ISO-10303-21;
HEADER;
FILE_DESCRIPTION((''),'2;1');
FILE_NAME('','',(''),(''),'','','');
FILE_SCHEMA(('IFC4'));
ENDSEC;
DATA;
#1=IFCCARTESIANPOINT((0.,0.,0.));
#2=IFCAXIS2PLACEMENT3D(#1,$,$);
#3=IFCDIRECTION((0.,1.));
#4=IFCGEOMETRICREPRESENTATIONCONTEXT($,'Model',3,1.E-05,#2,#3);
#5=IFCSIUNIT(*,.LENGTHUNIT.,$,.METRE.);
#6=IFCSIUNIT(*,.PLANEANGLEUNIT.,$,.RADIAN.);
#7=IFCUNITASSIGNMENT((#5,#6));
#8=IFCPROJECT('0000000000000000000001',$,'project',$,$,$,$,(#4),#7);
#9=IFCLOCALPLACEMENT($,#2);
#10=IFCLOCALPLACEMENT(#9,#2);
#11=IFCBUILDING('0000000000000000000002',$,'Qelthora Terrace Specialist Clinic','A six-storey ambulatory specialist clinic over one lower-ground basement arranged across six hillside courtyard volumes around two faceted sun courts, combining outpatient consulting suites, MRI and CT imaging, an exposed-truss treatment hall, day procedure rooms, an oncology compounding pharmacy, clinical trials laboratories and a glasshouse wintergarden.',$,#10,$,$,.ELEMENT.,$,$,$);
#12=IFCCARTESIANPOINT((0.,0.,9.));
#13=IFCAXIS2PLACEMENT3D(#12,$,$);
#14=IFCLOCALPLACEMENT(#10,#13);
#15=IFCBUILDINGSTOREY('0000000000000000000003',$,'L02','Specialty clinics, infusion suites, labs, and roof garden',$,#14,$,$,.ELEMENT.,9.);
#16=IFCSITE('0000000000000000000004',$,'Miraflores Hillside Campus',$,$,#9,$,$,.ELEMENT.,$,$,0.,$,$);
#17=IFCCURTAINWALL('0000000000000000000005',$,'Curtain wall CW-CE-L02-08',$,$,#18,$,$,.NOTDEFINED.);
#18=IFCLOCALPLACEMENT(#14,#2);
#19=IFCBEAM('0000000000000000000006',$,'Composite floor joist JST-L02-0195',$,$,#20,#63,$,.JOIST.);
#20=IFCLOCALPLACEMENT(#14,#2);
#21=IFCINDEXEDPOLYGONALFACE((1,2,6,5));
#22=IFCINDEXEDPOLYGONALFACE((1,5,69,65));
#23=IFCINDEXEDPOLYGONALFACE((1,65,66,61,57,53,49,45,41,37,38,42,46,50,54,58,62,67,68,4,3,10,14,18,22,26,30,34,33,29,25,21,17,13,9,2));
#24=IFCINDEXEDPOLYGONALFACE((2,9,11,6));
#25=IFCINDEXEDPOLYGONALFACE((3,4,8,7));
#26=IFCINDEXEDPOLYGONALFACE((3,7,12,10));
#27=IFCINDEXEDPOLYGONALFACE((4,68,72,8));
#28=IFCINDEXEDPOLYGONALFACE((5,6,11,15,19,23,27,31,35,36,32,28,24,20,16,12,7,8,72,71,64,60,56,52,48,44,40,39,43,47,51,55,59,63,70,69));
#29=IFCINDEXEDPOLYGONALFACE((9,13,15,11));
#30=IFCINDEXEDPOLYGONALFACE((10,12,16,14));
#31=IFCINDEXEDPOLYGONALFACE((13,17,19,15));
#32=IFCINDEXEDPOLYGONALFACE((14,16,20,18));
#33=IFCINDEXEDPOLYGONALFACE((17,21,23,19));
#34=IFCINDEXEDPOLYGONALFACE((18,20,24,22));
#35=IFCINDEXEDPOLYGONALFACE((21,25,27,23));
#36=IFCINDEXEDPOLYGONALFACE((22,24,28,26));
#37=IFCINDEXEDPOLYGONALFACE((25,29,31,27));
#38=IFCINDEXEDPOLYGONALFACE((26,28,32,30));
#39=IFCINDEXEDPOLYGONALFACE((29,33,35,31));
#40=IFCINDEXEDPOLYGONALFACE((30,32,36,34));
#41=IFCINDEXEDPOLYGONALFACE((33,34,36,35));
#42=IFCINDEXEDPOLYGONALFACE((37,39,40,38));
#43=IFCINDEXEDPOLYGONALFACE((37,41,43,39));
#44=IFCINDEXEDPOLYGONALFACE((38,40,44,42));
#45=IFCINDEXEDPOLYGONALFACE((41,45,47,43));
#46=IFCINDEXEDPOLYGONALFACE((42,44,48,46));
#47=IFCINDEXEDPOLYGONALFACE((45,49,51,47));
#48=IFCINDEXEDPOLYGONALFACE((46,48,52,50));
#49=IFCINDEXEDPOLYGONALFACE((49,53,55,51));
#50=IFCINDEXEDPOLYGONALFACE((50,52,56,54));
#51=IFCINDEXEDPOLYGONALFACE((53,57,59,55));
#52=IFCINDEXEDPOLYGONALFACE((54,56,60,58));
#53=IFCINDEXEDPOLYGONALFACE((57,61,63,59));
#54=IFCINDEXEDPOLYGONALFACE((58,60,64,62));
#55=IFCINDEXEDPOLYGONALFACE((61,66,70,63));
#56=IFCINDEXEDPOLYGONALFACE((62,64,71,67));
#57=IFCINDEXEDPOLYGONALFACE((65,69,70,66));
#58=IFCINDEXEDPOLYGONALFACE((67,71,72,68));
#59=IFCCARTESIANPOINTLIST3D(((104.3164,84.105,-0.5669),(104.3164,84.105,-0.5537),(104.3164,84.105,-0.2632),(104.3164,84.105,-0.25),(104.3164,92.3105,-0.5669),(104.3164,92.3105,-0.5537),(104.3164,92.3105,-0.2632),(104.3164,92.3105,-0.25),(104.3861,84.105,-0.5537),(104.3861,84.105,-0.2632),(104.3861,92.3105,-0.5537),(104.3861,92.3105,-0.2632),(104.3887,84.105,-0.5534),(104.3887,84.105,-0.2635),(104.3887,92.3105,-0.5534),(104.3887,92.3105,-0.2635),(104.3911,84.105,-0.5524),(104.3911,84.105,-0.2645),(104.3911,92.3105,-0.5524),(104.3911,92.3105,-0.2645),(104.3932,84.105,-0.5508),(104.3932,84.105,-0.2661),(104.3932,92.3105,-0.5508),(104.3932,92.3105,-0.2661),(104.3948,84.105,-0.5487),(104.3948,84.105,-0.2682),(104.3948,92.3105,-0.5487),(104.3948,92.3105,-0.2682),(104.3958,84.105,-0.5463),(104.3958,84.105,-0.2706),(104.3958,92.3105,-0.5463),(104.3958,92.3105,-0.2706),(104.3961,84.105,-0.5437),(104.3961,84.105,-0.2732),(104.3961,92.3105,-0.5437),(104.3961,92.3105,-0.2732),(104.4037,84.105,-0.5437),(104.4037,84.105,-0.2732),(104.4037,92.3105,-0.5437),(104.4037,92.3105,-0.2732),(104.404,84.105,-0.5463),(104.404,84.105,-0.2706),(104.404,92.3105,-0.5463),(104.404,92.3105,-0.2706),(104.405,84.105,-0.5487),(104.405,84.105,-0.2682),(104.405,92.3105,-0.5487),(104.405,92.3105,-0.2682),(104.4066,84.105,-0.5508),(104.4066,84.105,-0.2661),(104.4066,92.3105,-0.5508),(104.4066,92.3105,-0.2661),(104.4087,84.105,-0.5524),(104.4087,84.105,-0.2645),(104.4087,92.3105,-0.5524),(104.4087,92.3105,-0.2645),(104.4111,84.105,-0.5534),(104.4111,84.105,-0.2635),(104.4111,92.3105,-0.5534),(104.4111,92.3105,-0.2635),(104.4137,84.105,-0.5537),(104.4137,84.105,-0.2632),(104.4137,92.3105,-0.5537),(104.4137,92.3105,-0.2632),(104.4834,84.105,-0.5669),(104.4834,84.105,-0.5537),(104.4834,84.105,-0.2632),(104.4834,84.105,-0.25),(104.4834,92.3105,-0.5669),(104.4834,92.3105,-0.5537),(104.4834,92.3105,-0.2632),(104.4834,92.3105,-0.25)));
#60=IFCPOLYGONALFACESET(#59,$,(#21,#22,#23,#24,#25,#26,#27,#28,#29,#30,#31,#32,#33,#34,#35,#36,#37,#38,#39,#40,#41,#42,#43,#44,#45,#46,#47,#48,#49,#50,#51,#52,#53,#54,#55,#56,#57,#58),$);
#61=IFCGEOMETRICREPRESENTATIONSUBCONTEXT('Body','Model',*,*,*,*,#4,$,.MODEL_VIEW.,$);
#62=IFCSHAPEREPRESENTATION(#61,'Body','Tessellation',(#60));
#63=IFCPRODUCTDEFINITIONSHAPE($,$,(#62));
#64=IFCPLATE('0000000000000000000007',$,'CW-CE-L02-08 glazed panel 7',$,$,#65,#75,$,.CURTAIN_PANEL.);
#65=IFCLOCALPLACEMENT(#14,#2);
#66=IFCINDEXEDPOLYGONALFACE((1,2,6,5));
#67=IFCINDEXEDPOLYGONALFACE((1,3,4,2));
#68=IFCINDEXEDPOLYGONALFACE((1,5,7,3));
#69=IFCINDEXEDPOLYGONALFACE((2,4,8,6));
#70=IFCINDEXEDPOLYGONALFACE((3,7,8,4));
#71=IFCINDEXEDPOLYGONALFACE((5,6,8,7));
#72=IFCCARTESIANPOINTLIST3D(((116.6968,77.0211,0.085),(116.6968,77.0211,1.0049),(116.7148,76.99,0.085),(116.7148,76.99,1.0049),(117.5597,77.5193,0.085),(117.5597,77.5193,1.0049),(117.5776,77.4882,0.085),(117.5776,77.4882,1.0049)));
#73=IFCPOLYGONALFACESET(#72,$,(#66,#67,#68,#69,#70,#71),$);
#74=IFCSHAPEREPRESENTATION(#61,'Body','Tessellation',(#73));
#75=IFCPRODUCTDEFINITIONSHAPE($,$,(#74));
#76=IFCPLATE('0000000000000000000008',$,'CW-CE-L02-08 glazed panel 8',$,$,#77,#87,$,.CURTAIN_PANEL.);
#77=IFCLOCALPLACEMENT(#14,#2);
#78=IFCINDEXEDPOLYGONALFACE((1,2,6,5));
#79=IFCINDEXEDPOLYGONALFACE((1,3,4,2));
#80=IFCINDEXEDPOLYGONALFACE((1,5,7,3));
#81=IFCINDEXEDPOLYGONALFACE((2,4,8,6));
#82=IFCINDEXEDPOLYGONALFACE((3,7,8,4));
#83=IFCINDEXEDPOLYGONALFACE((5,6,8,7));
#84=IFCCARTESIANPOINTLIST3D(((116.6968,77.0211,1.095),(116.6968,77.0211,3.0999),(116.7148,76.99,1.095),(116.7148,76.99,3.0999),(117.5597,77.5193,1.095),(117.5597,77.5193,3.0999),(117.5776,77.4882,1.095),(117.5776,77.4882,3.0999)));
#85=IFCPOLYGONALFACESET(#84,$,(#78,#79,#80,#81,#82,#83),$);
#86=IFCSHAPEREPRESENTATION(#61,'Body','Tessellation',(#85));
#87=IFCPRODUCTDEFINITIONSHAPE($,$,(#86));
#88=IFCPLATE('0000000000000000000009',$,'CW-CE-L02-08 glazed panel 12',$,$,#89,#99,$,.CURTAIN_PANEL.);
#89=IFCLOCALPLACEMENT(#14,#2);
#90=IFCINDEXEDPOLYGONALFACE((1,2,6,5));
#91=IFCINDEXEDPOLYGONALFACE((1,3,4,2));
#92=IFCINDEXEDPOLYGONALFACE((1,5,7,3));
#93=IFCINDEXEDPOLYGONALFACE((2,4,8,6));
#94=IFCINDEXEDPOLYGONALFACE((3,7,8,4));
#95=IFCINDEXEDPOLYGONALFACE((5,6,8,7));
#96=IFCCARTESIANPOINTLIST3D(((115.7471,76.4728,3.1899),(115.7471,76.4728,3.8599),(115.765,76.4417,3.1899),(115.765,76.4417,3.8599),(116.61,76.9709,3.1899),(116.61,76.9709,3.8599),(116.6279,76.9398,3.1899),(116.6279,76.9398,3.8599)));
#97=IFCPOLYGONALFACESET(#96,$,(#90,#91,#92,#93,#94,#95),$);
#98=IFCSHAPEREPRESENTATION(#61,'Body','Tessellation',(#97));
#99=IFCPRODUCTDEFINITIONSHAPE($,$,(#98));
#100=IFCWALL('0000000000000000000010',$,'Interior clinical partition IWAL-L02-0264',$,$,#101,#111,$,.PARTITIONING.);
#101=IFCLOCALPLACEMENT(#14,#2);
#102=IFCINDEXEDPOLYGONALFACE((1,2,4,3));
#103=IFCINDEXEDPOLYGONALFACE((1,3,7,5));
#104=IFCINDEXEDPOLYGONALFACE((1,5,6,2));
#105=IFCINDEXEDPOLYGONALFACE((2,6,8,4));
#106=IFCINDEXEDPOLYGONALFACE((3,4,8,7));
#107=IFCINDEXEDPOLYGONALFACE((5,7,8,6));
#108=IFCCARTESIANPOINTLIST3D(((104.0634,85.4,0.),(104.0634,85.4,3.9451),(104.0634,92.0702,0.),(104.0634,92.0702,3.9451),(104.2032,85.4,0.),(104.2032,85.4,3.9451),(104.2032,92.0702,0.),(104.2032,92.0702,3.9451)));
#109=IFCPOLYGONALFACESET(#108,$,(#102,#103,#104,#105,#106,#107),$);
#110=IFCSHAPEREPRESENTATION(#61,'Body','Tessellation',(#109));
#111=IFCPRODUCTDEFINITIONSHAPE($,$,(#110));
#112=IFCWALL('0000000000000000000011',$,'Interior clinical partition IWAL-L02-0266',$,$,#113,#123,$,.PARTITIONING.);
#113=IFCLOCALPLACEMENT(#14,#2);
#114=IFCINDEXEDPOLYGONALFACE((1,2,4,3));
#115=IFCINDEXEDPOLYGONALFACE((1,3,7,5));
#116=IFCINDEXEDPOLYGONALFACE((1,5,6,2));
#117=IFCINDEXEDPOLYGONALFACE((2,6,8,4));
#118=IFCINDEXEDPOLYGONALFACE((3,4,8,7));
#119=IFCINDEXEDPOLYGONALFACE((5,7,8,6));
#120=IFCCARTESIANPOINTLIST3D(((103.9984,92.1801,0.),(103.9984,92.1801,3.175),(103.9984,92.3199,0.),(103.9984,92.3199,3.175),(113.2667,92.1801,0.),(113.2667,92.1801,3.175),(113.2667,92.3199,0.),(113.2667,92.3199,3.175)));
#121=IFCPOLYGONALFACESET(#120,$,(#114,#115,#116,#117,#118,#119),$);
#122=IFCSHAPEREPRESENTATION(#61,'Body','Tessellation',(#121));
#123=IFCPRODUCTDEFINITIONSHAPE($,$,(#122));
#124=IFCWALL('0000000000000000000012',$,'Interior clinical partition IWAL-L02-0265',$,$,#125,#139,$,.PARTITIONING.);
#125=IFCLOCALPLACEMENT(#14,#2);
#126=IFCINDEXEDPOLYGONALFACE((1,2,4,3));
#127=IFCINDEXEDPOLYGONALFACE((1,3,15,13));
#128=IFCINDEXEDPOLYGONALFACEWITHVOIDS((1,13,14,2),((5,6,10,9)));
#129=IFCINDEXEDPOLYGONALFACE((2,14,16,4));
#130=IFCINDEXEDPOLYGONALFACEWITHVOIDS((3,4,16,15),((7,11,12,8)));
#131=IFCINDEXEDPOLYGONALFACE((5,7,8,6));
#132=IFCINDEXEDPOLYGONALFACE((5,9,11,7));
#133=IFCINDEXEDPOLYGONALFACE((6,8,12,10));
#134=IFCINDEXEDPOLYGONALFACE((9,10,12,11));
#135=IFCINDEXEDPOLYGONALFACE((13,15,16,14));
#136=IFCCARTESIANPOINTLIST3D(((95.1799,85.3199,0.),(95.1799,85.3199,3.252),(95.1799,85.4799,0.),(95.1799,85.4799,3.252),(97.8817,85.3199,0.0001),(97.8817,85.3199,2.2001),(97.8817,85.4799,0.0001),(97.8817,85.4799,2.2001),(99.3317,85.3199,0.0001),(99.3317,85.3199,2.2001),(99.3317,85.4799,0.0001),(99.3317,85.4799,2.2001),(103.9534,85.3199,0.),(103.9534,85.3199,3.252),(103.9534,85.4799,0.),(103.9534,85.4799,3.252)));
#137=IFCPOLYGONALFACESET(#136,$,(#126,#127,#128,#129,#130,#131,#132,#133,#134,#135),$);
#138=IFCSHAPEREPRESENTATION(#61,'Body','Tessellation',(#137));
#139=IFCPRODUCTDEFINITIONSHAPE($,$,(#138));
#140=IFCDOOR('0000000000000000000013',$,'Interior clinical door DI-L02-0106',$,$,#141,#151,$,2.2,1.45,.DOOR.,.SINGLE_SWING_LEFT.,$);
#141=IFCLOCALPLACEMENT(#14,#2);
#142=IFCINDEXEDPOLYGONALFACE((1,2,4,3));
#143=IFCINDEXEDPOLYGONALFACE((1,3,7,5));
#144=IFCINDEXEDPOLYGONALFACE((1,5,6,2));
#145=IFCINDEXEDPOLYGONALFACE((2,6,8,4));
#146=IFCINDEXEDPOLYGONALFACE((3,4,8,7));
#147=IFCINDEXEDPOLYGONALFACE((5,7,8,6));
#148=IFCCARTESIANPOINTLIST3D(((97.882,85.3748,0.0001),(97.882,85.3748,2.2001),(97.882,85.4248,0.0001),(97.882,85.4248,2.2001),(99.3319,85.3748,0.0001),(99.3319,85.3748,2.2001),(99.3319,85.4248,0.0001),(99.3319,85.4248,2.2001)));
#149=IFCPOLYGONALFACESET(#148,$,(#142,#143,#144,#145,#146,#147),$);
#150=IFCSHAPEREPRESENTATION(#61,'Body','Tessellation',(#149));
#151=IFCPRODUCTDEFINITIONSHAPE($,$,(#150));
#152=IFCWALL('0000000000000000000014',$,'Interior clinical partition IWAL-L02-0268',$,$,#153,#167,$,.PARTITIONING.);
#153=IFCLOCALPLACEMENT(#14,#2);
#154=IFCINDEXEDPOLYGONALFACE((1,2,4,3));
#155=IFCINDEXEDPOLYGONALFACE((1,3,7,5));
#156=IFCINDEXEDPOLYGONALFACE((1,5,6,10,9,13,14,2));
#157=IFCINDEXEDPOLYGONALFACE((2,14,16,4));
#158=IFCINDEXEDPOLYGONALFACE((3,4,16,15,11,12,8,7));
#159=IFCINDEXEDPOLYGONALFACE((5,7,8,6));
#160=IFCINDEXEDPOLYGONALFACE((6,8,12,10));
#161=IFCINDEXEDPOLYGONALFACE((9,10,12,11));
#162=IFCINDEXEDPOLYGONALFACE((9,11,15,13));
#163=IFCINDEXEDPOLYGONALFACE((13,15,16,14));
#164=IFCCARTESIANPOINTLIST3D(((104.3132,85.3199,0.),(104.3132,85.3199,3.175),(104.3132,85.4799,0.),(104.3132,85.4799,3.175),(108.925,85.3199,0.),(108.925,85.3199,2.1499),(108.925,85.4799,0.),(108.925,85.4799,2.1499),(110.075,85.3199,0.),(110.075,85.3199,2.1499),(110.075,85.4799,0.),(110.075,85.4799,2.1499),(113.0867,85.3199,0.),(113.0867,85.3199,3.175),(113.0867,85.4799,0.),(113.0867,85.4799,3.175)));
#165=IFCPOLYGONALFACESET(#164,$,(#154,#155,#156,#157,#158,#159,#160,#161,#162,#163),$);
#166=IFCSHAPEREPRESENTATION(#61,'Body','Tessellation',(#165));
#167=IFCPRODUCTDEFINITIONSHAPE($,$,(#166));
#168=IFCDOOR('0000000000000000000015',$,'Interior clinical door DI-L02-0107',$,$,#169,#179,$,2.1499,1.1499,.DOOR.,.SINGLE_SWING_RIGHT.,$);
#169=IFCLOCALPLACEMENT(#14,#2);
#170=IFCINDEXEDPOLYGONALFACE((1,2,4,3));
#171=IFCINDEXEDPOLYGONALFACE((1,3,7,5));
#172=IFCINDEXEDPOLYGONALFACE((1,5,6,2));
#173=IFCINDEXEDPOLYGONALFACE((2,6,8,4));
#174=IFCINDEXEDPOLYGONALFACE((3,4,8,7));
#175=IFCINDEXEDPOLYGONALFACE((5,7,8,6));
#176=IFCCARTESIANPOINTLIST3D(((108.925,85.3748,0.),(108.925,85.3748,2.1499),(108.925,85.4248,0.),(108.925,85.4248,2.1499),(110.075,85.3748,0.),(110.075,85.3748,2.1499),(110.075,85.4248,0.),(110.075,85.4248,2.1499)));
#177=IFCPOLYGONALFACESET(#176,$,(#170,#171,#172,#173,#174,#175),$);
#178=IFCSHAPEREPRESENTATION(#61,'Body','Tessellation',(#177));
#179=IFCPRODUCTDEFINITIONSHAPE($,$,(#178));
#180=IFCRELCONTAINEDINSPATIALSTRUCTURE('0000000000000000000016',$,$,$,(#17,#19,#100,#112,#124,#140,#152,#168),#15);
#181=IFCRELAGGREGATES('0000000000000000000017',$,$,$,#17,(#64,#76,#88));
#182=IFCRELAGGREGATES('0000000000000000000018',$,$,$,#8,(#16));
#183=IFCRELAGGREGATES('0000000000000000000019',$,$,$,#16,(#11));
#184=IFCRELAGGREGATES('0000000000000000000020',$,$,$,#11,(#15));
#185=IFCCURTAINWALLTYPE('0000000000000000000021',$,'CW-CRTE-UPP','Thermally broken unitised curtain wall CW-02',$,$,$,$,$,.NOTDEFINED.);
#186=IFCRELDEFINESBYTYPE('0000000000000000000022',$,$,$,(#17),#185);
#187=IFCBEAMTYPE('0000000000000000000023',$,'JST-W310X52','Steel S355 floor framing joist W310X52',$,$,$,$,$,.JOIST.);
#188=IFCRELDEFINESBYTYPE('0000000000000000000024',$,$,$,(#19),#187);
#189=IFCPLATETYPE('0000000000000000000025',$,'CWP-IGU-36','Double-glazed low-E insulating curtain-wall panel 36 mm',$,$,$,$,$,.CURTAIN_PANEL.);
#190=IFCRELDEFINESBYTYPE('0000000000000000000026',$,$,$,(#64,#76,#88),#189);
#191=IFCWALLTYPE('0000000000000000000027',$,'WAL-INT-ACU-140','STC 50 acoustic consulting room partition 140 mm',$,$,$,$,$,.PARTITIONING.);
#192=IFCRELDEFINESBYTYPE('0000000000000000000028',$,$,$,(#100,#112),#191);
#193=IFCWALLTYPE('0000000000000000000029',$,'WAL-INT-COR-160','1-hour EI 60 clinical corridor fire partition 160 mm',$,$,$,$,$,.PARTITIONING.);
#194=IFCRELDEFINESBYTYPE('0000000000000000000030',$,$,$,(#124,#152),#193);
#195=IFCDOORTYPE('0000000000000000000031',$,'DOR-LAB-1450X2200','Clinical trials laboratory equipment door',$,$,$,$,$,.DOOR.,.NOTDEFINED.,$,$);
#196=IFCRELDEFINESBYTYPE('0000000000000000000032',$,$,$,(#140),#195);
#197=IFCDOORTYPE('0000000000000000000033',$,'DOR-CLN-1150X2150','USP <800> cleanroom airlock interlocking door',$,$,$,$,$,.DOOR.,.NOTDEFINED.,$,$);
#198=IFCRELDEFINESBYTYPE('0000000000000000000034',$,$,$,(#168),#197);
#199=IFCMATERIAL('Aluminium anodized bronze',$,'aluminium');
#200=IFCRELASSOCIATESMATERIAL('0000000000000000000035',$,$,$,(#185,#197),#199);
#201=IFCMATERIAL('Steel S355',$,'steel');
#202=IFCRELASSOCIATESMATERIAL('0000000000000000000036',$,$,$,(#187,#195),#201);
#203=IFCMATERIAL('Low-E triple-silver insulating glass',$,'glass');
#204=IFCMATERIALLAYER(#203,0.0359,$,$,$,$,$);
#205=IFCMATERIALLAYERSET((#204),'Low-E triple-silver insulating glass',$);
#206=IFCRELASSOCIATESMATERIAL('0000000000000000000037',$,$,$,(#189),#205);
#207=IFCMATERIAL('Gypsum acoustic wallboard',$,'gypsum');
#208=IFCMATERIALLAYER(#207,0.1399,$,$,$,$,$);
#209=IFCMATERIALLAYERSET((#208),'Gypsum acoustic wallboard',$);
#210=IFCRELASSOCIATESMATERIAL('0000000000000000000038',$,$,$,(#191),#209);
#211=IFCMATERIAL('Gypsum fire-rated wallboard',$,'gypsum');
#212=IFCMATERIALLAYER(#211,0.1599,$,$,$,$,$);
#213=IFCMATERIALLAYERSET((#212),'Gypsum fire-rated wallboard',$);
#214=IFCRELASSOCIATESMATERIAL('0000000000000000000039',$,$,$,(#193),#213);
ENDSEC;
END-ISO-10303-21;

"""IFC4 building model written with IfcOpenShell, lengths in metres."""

from ifc_helpers import new_model, si_unit, direction, frame, frame_2d, origin, origin_2d, place, context, subcontext, project, spatial, rectangle, i_section, extrude, material, layer, layer_set, material_profile, profile_set, type_object, element, fill, aggregate, save


model = new_model("IFC4")

# Units and contexts
model_context = context("Model", 3, precision=1e-05, world=origin(), true_north=direction((0.0, 1.0)))
body_context = subcontext(model_context, "Body", "Model", "MODEL_VIEW")
ifc_project = project(units=[si_unit("LENGTHUNIT", "METRE"), si_unit("PLANEANGLEUNIT", "RADIAN")], contexts=[model_context])

# Site, building, storey
site_placement = place(None, origin())
site = spatial("IfcSite", under=ifc_project, at=site_placement, Name="Miraflores Hillside Campus", CompositionType="ELEMENT", RefElevation=0.0)
building_placement = place(site_placement, origin())
building = spatial("IfcBuilding", under=site, at=building_placement, Name="Qelthora Terrace Specialist Clinic", Description="A six-storey ambulatory specialist clinic over one lower-ground basement arranged across six hillside courtyard volumes around two faceted sun courts, combining outpatient consulting suites, MRI and CT imaging, an exposed-truss treatment hall, day procedure rooms, an oncology compounding pharmacy, clinical trials laboratories and a glasshouse wintergarden.", CompositionType="ELEMENT")
storey_placement = place(building_placement, frame((0.0, 0.0, 9.0)))
storey = spatial("IfcBuildingStorey", under=building, at=storey_placement, Name="L02", Description="Specialty clinics, infusion suites, labs, and roof garden", CompositionType="ELEMENT", Elevation=9.0)

# Shared definitions
ifc_material_1 = material(Name="Steel S355", Category="steel")

# Curtain wall
ifc_material_2 = material(Name="Aluminium anodized bronze", Category="aluminium")
curtain_wall_type = type_object("IfcCurtainWallType", Name="CW-CRTE-UPP", Description="Thermally broken unitised curtain wall CW-02", PredefinedType="NOTDEFINED", material=ifc_material_2)
curtain_wall_placement = place(storey_placement, origin())
curtain_wall = element("IfcCurtainWall", 1, at=curtain_wall_placement, inside=storey, type_object=curtain_wall_type, Name="Curtain wall CW-CE-L02-08", PredefinedType="NOTDEFINED")

# Beam
ifc_material_profile_1 = material_profile(ifc_material_1, i_section(OverallWidth=0.167, OverallDepth=0.3169, WebThickness=0.0076, FlangeThickness=0.0132, FilletRadius=0.01, at=origin_2d()), Name="W310X52")
ifc_profile_set_1 = profile_set([ifc_material_profile_1], Name="Steel S355")
beam_type_1 = type_object("IfcBeamType", Name="JST-W310X52", Description="Steel S355 floor framing joist W310X52", PredefinedType="JOIST", material=ifc_profile_set_1)
beam_1_placement = place(storey_placement, frame((104.3999, 84.105, -0.4084), z_axis=(0.0, 1.0, 0.0), x_axis=(-1.0, 0.0, 0.0)))
element("IfcBeam", 2, at=beam_1_placement, inside=storey, type_object=beam_type_1, Name="Composite floor joist JST-L02-0195", PredefinedType="JOIST", context=body_context, shape_type="SweptSolid", body=[
    extrude(i_section(OverallWidth=0.167, OverallDepth=0.3169, WebThickness=0.0076, FlangeThickness=0.0132, FilletRadius=0.01, at=origin_2d()), origin(), (0.0, 0.0, 1.0), 8.2056),
])

# Plates
ifc_material_3 = material(Name="Low-E triple-silver insulating glass", Category="glass")
ifc_layer_1 = layer(ifc_material_3, 0.0359)
ifc_layer_set_1 = layer_set([ifc_layer_1], Name="Low-E triple-silver insulating glass")
plate_type = type_object("IfcPlateType", Name="CWP-IGU-36", Description="Double-glazed low-E insulating curtain-wall panel 36 mm", PredefinedType="CURTAIN_PANEL", material=ifc_layer_set_1)
plate_1_placement = place(storey_placement, frame((117.1372, 77.2546, 0.085), z_axis=(0.0, 0.0, 1.0), x_axis=(-0.866025, -0.5, 0.0)))
plate_1 = element("IfcPlate", 3, at=plate_1_placement, type_object=plate_type, Name="CW-CE-L02-08 glazed panel 7", PredefinedType="CURTAIN_PANEL", context=body_context, shape_type="SweptSolid", body=[
    extrude(rectangle(XDim=0.9963, YDim=0.0359, at=origin_2d()), origin(), (0.0, 0.0, 1.0), 0.9199),
])
plate_2_placement = place(storey_placement, frame((117.1372, 77.2546, 1.095), z_axis=(0.0, 0.0, 1.0), x_axis=(-0.866025, -0.5, 0.0)))
plate_2 = element("IfcPlate", 4, at=plate_2_placement, type_object=plate_type, Name="CW-CE-L02-08 glazed panel 8", PredefinedType="CURTAIN_PANEL", context=body_context, shape_type="SweptSolid", body=[
    extrude(rectangle(XDim=0.9963, YDim=0.0359, at=origin_2d()), origin(), (0.0, 0.0, 1.0), 2.0049),
])
plate_3_placement = place(storey_placement, frame((116.1875, 76.7063, 3.1899), z_axis=(0.0, 0.0, 1.0), x_axis=(-0.866025, -0.5, 0.0)))
plate_3 = element("IfcPlate", 5, at=plate_3_placement, type_object=plate_type, Name="CW-CE-L02-08 glazed panel 12", PredefinedType="CURTAIN_PANEL", context=body_context, shape_type="SweptSolid", body=[
    extrude(rectangle(XDim=0.9963, YDim=0.0359, at=origin_2d()), origin(), (0.0, 0.0, 1.0), 0.6699),
])
aggregate(curtain_wall, [plate_1, plate_2, plate_3])

# Walls
ifc_material_4 = material(Name="Gypsum acoustic wallboard", Category="gypsum")
ifc_layer_2 = layer(ifc_material_4, 0.1399)
ifc_layer_set_2 = layer_set([ifc_layer_2], Name="Gypsum acoustic wallboard")
wall_type_1 = type_object("IfcWallType", Name="WAL-INT-ACU-140", Description="STC 50 acoustic consulting room partition 140 mm", PredefinedType="PARTITIONING", material=ifc_layer_set_2)
wall_1_placement = place(storey_placement, frame((104.1333, 92.0701, 0.0), z_axis=(0.0, 0.0, 1.0), x_axis=(0.0, -1.0, 0.0)))
element("IfcWall", 6, at=wall_1_placement, inside=storey, type_object=wall_type_1, Name="Interior clinical partition IWAL-L02-0264", PredefinedType="PARTITIONING", context=body_context, shape_type="SweptSolid", body=[
    extrude(rectangle(XDim=6.6702, YDim=0.1399, at=frame_2d((3.335, 0.0))), origin(), (0.0, 0.0, 1.0), 3.9451),
])
wall_2_placement = place(storey_placement, frame((103.9983, 92.25, 0.0), z_axis=(0.0, 0.0, 1.0), x_axis=(1.0, 0.0, 0.0)))
element("IfcWall", 7, at=wall_2_placement, inside=storey, type_object=wall_type_1, Name="Interior clinical partition IWAL-L02-0266", PredefinedType="PARTITIONING", context=body_context, shape_type="SweptSolid", body=[
    extrude(rectangle(XDim=9.2683, YDim=0.1399, at=frame_2d((4.6343, 0.0))), origin(), (0.0, 0.0, 1.0), 3.175),
])

# Walls, openings, doors
ifc_material_5 = material(Name="Gypsum fire-rated wallboard", Category="gypsum")
ifc_layer_3 = layer(ifc_material_5, 0.1599)
ifc_layer_set_3 = layer_set([ifc_layer_3], Name="Gypsum fire-rated wallboard")
wall_type_2 = type_object("IfcWallType", Name="WAL-INT-COR-160", Description="1-hour EI 60 clinical corridor fire partition 160 mm", PredefinedType="PARTITIONING", material=ifc_layer_set_3)
wall_3_placement = place(storey_placement, frame((103.9534, 85.3999, 0.0), z_axis=(0.0, 0.0, 1.0), x_axis=(-1.0, 0.0, 0.0)))
wall_3 = element("IfcWall", 8, at=wall_3_placement, inside=storey, type_object=wall_type_2, Name="Interior clinical partition IWAL-L02-0265", PredefinedType="PARTITIONING", context=body_context, shape_type="SweptSolid", body=[
    extrude(rectangle(XDim=8.7734, YDim=0.1599, at=frame_2d((4.3867, 0.0))), origin(), (0.0, 0.0, 1.0), 3.252),
])
opening_1_placement = place(wall_3_placement, frame((4.6216, 0.0, 0.0)))
opening_1 = element("IfcOpeningElement", 9, at=opening_1_placement, cuts=wall_3, PredefinedType="OPENING", context=body_context, shape_type="SweptSolid", body=[
    extrude(rectangle(XDim=1.45, YDim=2.2, at=frame_2d((0.7251, 1.1001))), frame((0.0, 0.0898, 0.0), z_axis=(0.0, -1.0, 0.0), x_axis=(1.0, 0.0, 0.0)), (0.0, 0.0, 1.0), 0.1799),
])
door_type_1 = type_object("IfcDoorType", Name="DOR-LAB-1450X2200", Description="Clinical trials laboratory equipment door", OperationType="NOTDEFINED", PredefinedType="DOOR", material=ifc_material_1)
door_1_placement = place(opening_1_placement, frame((1.45, 0.0, 0.0), z_axis=(0.0, 0.0, 1.0), x_axis=(-1.0, 0.0, 0.0)))
door_1 = element("IfcDoor", 10, at=door_1_placement, inside=storey, type_object=door_type_1, Name="Interior clinical door DI-L02-0106", OperationType="SINGLE_SWING_LEFT", OverallHeight=2.2, OverallWidth=1.45, PredefinedType="DOOR", context=body_context, shape_type="SweptSolid", body=[
    extrude(rectangle(XDim=1.45, YDim=2.2, at=frame_2d((0.7251, 1.1001))), frame((0.0, 0.0249, 0.0), z_axis=(0.0, -1.0, 0.0), x_axis=(1.0, 0.0, 0.0)), (0.0, 0.0, 1.0), 0.05),
])
fill(opening_1, door_1)
wall_4_placement = place(storey_placement, frame((113.0867, 85.3999, 0.0), z_axis=(0.0, 0.0, 1.0), x_axis=(-1.0, 0.0, 0.0)))
wall_4 = element("IfcWall", 11, at=wall_4_placement, inside=storey, type_object=wall_type_2, Name="Interior clinical partition IWAL-L02-0268", PredefinedType="PARTITIONING", context=body_context, shape_type="SweptSolid", body=[
    extrude(rectangle(XDim=8.7734, YDim=0.1599, at=frame_2d((4.3867, 0.0))), origin(), (0.0, 0.0, 1.0), 3.175),
])
opening_2_placement = place(wall_4_placement, frame((3.0117, 0.0, 0.0)))
opening_2 = element("IfcOpeningElement", 12, at=opening_2_placement, cuts=wall_4, PredefinedType="OPENING", context=body_context, shape_type="SweptSolid", body=[
    extrude(rectangle(XDim=1.1499, YDim=2.1499, at=frame_2d((0.575, 1.075))), frame((0.0, 0.0898, 0.0), z_axis=(0.0, -1.0, 0.0), x_axis=(1.0, 0.0, 0.0)), (0.0, 0.0, 1.0), 0.1799),
])
door_type_2 = type_object("IfcDoorType", Name="DOR-CLN-1150X2150", Description="USP <800> cleanroom airlock interlocking door", OperationType="NOTDEFINED", PredefinedType="DOOR", material=ifc_material_2)
door_2_placement = place(opening_2_placement, frame((1.1499, 0.0, 0.0), z_axis=(0.0, 0.0, 1.0), x_axis=(-1.0, 0.0, 0.0)))
door_2 = element("IfcDoor", 13, at=door_2_placement, inside=storey, type_object=door_type_2, Name="Interior clinical door DI-L02-0107", OperationType="SINGLE_SWING_RIGHT", OverallHeight=2.1499, OverallWidth=1.1499, PredefinedType="DOOR", context=body_context, shape_type="SweptSolid", body=[
    extrude(rectangle(XDim=1.1499, YDim=2.1499, at=frame_2d((0.575, 1.075))), frame((0.0, 0.0249, 0.0), z_axis=(0.0, -1.0, 0.0), x_axis=(1.0, 0.0, 0.0)), (0.0, 0.0, 1.0), 0.05),
])
fill(opening_2, door_2)

save(model, "model.ifc")
